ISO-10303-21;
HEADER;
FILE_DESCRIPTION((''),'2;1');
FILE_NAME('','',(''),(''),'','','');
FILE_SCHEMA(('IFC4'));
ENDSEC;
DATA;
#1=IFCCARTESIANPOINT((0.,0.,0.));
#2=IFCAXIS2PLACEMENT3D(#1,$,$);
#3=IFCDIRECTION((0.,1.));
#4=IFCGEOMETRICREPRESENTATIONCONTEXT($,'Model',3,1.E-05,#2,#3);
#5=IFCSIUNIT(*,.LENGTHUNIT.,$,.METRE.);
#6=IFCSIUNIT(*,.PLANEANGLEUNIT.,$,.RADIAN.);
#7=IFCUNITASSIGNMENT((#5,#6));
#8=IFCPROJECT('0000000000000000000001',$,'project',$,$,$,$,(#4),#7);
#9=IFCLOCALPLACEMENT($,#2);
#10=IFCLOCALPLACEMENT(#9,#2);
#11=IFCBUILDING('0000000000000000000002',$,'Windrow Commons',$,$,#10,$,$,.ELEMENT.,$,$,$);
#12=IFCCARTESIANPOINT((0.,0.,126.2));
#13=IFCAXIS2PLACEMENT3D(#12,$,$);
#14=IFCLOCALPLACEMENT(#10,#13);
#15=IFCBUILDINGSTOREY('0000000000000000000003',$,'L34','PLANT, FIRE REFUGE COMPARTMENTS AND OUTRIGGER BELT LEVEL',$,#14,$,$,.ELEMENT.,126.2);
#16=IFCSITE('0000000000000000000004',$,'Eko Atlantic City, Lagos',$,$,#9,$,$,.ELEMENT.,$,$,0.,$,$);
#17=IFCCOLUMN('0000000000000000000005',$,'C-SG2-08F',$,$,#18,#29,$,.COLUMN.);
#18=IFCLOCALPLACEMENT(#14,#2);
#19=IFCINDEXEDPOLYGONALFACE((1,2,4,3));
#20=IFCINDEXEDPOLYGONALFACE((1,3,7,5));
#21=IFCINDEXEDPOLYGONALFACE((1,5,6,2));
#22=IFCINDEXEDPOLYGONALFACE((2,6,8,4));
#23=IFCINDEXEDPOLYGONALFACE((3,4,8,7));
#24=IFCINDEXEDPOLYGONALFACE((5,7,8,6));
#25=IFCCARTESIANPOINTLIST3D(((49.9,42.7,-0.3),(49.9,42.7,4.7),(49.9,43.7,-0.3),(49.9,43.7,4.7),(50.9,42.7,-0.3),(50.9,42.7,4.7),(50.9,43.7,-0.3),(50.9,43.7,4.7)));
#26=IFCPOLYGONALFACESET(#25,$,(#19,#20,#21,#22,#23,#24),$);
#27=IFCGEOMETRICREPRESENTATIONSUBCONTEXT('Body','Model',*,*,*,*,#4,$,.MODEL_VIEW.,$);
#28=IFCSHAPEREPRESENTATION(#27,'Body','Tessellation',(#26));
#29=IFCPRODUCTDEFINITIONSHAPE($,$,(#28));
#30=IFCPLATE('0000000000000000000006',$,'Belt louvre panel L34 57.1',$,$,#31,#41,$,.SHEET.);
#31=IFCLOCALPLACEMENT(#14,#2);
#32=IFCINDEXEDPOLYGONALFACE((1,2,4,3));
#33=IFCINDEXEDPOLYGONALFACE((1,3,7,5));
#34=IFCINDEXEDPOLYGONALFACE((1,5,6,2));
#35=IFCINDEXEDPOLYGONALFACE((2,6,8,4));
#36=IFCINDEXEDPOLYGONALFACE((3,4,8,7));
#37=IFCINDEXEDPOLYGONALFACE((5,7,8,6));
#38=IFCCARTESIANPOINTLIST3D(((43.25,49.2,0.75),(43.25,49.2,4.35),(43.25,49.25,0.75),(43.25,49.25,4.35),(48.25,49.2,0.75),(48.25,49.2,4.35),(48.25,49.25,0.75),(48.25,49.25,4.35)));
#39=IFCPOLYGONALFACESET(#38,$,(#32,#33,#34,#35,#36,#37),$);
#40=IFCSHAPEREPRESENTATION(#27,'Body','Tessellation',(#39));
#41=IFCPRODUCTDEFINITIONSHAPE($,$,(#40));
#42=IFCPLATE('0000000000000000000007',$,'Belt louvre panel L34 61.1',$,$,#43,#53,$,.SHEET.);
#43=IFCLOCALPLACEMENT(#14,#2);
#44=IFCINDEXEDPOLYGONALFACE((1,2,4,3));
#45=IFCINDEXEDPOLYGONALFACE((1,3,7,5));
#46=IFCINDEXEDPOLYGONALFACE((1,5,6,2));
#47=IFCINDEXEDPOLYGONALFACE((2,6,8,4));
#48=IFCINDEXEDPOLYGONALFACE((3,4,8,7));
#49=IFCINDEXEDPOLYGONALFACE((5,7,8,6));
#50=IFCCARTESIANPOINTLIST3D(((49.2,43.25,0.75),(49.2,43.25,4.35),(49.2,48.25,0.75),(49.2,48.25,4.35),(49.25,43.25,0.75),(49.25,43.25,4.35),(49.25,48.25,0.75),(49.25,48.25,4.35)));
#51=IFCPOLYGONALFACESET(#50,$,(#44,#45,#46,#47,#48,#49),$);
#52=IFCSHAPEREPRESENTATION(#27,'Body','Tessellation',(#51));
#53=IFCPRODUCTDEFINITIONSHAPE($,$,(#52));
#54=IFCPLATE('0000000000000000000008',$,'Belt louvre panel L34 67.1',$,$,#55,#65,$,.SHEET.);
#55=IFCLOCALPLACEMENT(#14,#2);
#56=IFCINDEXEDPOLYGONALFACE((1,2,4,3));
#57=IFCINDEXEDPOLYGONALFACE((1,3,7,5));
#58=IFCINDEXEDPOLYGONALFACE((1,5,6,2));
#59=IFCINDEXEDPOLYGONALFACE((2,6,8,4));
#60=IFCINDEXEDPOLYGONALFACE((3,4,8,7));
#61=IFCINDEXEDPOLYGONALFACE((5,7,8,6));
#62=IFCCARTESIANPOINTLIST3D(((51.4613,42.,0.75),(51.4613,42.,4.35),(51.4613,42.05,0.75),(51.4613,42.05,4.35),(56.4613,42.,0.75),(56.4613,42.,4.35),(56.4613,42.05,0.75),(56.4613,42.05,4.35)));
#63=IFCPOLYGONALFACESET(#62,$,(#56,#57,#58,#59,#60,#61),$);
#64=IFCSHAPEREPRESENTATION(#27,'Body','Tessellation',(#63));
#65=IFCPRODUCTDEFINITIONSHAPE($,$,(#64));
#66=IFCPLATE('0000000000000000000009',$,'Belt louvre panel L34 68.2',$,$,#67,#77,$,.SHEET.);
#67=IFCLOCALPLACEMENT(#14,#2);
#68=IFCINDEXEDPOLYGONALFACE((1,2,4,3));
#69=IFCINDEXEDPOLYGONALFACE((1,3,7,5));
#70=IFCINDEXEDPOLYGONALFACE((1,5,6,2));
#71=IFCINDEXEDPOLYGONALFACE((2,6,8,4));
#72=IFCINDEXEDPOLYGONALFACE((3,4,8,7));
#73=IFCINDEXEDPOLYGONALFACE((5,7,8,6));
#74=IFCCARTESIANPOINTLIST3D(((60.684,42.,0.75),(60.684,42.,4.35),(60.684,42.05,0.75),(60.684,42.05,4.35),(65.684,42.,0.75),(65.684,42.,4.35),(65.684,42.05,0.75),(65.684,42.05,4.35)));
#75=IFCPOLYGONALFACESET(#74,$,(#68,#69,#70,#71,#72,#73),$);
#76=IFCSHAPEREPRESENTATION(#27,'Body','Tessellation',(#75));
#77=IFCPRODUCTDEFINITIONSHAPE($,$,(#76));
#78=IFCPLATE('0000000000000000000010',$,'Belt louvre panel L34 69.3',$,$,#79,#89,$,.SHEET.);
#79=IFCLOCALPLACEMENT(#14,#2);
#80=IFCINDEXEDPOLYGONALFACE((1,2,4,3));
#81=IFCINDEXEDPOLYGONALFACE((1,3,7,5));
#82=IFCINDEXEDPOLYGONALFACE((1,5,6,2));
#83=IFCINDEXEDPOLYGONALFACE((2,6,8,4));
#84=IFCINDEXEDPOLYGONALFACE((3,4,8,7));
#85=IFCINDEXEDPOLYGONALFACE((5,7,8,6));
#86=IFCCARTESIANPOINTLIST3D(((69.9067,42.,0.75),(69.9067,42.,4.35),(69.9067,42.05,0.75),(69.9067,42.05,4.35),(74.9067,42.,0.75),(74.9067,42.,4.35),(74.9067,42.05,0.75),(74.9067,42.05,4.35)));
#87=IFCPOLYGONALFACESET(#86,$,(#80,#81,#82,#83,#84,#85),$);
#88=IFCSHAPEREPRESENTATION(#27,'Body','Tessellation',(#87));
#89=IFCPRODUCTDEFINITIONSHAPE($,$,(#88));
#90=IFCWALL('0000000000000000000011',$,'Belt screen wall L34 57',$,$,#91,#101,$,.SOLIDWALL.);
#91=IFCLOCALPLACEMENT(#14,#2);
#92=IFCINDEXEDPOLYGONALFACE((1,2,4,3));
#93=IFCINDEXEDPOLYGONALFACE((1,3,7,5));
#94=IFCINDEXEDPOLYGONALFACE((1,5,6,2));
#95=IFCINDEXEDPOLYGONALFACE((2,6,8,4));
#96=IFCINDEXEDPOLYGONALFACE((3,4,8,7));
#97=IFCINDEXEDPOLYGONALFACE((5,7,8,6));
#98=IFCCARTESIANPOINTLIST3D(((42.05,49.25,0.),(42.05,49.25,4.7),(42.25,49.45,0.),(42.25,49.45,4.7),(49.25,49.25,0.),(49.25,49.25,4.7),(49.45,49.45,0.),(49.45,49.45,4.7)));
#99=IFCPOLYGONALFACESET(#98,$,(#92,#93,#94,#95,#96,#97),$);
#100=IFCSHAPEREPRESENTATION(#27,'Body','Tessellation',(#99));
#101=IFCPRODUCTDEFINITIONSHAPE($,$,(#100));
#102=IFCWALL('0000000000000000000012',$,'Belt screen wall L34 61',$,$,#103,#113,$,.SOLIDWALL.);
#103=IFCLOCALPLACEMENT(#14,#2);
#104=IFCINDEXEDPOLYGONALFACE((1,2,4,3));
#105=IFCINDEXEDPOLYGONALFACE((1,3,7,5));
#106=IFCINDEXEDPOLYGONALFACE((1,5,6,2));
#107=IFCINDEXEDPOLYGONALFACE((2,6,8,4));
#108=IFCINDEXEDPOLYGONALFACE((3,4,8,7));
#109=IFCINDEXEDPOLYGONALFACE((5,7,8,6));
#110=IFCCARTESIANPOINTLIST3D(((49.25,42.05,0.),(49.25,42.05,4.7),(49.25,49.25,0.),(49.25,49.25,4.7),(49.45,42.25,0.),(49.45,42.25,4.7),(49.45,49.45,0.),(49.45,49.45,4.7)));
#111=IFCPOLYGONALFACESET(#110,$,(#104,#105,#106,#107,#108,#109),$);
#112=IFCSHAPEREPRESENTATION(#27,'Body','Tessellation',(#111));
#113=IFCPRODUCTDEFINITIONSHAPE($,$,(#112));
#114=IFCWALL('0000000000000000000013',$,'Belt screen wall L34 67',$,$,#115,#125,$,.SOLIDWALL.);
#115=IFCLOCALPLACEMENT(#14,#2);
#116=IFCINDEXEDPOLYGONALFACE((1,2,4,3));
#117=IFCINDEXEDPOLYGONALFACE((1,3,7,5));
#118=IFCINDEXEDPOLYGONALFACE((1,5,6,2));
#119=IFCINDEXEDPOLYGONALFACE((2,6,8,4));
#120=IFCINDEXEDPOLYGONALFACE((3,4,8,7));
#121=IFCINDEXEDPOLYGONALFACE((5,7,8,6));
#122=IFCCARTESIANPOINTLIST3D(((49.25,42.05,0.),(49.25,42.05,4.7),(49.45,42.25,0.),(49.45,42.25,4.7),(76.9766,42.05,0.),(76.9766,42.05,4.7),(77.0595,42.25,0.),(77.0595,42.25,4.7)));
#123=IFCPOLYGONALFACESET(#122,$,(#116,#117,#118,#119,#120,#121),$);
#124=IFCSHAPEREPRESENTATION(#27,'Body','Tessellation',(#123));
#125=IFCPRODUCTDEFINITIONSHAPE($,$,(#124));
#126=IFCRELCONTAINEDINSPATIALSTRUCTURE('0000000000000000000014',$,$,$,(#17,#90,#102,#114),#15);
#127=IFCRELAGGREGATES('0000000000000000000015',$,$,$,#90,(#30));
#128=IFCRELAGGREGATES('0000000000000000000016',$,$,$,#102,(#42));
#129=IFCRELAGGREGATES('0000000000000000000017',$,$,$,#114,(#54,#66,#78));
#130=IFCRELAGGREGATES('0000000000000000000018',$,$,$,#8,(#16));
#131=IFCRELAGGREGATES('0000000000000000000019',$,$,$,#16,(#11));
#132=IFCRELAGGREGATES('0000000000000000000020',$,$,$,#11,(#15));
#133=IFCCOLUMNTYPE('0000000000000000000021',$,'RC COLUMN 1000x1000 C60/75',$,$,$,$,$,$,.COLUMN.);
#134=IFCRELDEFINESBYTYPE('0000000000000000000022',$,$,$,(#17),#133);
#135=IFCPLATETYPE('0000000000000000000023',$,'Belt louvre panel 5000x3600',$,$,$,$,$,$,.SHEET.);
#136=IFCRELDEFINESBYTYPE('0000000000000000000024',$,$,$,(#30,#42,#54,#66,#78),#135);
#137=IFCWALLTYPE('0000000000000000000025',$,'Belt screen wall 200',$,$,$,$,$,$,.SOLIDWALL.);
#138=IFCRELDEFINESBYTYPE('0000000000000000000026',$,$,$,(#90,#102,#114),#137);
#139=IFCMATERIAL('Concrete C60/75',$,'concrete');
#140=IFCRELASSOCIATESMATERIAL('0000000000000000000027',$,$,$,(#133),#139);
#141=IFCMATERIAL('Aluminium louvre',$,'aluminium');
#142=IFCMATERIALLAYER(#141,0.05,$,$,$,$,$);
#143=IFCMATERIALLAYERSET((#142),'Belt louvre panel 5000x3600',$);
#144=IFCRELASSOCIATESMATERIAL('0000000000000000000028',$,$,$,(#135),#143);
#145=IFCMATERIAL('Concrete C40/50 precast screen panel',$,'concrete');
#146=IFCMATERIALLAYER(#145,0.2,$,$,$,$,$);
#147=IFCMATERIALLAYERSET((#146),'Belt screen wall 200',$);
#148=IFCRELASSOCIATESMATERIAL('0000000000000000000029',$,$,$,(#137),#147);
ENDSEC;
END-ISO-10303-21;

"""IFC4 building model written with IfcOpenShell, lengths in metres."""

from ifc_helpers import new_model, si_unit, direction, frame, origin, origin_2d, place, context, subcontext, project, spatial, polyline, rectangle, outline, extrude, material, layer, layer_set, material_profile, profile_set, type_object, element, aggregate, save


model = new_model("IFC4")

# Units and contexts
model_context = context("Model", 3, precision=1e-05, world=origin(), true_north=direction((0.0, 1.0)))
body_context = subcontext(model_context, "Body", "Model", "MODEL_VIEW")
ifc_project = project(units=[si_unit("LENGTHUNIT", "METRE"), si_unit("PLANEANGLEUNIT", "RADIAN")], contexts=[model_context])

# Site, building, storey
site_placement = place(None, origin())
site = spatial("IfcSite", under=ifc_project, at=site_placement, Name="Eko Atlantic City, Lagos", CompositionType="ELEMENT", RefElevation=0.0)
building_placement = place(site_placement, origin())
building = spatial("IfcBuilding", under=site, at=building_placement, Name="Windrow Commons", CompositionType="ELEMENT")
storey_placement = place(building_placement, frame((0.0, 0.0, 126.2)))
storey = spatial("IfcBuildingStorey", under=building, at=storey_placement, Name="L34", Description="PLANT, FIRE REFUGE COMPARTMENTS AND OUTRIGGER BELT LEVEL", CompositionType="ELEMENT", Elevation=126.2)

# Column
ifc_material_1 = material(Name="Concrete C60/75", Category="concrete")
ifc_material_profile = material_profile(ifc_material_1, rectangle(XDim=1.0, YDim=1.0, at=origin_2d()))
ifc_profile_set = profile_set([ifc_material_profile], Name="Concrete C60/75")
column_type = type_object("IfcColumnType", Name="RC COLUMN 1000x1000 C60/75", PredefinedType="COLUMN", material=ifc_profile_set)
column_placement = place(storey_placement, frame((50.4, 43.2, -0.3), z_axis=(0.0, 0.0, 1.0), x_axis=(1.0, 0.0, 0.0)))
element("IfcColumn", 1, at=column_placement, inside=storey, type_object=column_type, Name="C-SG2-08F", PredefinedType="COLUMN", context=body_context, shape_type="SweptSolid", body=[
    extrude(rectangle(XDim=1.0, YDim=1.0, at=origin_2d()), origin(), (0.0, 0.0, 1.0), 5.0),
])

# Plates
ifc_material_2 = material(Name="Aluminium louvre", Category="aluminium")
ifc_layer_1 = layer(ifc_material_2, 0.05)
ifc_layer_set_1 = layer_set([ifc_layer_1], Name="Belt louvre panel 5000x3600")
plate_type = type_object("IfcPlateType", Name="Belt louvre panel 5000x3600", PredefinedType="SHEET", material=ifc_layer_set_1)
plate_1_placement = place(storey_placement, frame((43.25, 49.2, 0.75), z_axis=(0.0, -1.0, 0.0), x_axis=(1.0, 0.0, 0.0)))
plate_1 = element("IfcPlate", 2, at=plate_1_placement, type_object=plate_type, Name="Belt louvre panel L34 57.1", PredefinedType="SHEET", context=body_context, shape_type="SweptSolid", body=[
    extrude(outline(polyline([(0.0, 0.0), (5.0, 0.0), (5.0, 3.6), (0.0, 3.6), (0.0, 0.0)])), origin(), (0.0, 0.0, -1.0), 0.05),
])
plate_2_placement = place(storey_placement, frame((49.2, 48.25, 0.75), z_axis=(-1.0, 0.0, 0.0), x_axis=(0.0, -1.0, 0.0)))
plate_2 = element("IfcPlate", 3, at=plate_2_placement, type_object=plate_type, Name="Belt louvre panel L34 61.1", PredefinedType="SHEET", context=body_context, shape_type="SweptSolid", body=[
    extrude(outline(polyline([(0.0, 0.0), (5.0, 0.0), (5.0, 3.6), (0.0, 3.6), (0.0, 0.0)])), origin(), (0.0, 0.0, -1.0), 0.05),
])
plate_3_placement = place(storey_placement, frame((51.4613, 42.0, 0.75), z_axis=(0.0, -1.0, 0.0), x_axis=(1.0, 0.0, 0.0)))
plate_3 = element("IfcPlate", 4, at=plate_3_placement, type_object=plate_type, Name="Belt louvre panel L34 67.1", PredefinedType="SHEET", context=body_context, shape_type="SweptSolid", body=[
    extrude(outline(polyline([(0.0, 0.0), (5.0, 0.0), (5.0, 3.6), (0.0, 3.6), (0.0, 0.0)])), origin(), (0.0, 0.0, -1.0), 0.05),
])
plate_4_placement = place(storey_placement, frame((60.684, 42.0, 0.75), z_axis=(0.0, -1.0, 0.0), x_axis=(1.0, 0.0, 0.0)))
plate_4 = element("IfcPlate", 5, at=plate_4_placement, type_object=plate_type, Name="Belt louvre panel L34 68.2", PredefinedType="SHEET", context=body_context, shape_type="SweptSolid", body=[
    extrude(outline(polyline([(0.0, 0.0), (5.0, 0.0), (5.0, 3.6), (0.0, 3.6), (0.0, 0.0)])), origin(), (0.0, 0.0, -1.0), 0.05),
])
plate_5_placement = place(storey_placement, frame((69.9067, 42.0, 0.75), z_axis=(0.0, -1.0, 0.0), x_axis=(1.0, 0.0, 0.0)))
plate_5 = element("IfcPlate", 6, at=plate_5_placement, type_object=plate_type, Name="Belt louvre panel L34 69.3", PredefinedType="SHEET", context=body_context, shape_type="SweptSolid", body=[
    extrude(outline(polyline([(0.0, 0.0), (5.0, 0.0), (5.0, 3.6), (0.0, 3.6), (0.0, 0.0)])), origin(), (0.0, 0.0, -1.0), 0.05),
])

# Walls
ifc_material_3 = material(Name="Concrete C40/50 precast screen panel", Category="concrete")
ifc_layer_2 = layer(ifc_material_3, 0.2)
ifc_layer_set_2 = layer_set([ifc_layer_2], Name="Belt screen wall 200")
wall_type = type_object("IfcWallType", Name="Belt screen wall 200", PredefinedType="SOLIDWALL", material=ifc_layer_set_2)
wall_1_placement = place(storey_placement, frame((42.15, 49.35, 0.0), z_axis=(0.0, 0.0, 1.0), x_axis=(1.0, 0.0, 0.0)))
wall_1 = element("IfcWall", 7, at=wall_1_placement, inside=storey, type_object=wall_type, Name="Belt screen wall L34 57", PredefinedType="SOLIDWALL", context=body_context, shape_type="SweptSolid", body=[
    extrude(outline(polyline([(-0.1, -0.1), (7.1, -0.1), (7.3, 0.1), (0.1, 0.1), (-0.1, -0.1)])), origin(), (0.0, 0.0, 1.0), 4.7),
])
aggregate(wall_1, [plate_1])
wall_2_placement = place(storey_placement, frame((49.35, 49.35, 0.0), z_axis=(0.0, 0.0, 1.0), x_axis=(0.0, -1.0, 0.0)))
wall_2 = element("IfcWall", 8, at=wall_2_placement, inside=storey, type_object=wall_type, Name="Belt screen wall L34 61", PredefinedType="SOLIDWALL", context=body_context, shape_type="SweptSolid", body=[
    extrude(outline(polyline([(0.1, -0.1), (7.3, -0.1), (7.1, 0.1), (-0.1, 0.1), (0.1, -0.1)])), origin(), (0.0, 0.0, 1.0), 4.7),
])
aggregate(wall_2, [plate_2])
wall_3_placement = place(storey_placement, frame((49.35, 42.15, 0.0), z_axis=(0.0, 0.0, 1.0), x_axis=(1.0, 0.0, 0.0)))
wall_3 = element("IfcWall", 9, at=wall_3_placement, inside=storey, type_object=wall_type, Name="Belt screen wall L34 67", PredefinedType="SOLIDWALL", context=body_context, shape_type="SweptSolid", body=[
    extrude(outline(polyline([(-0.1, -0.1), (27.6266, -0.1), (27.7095, 0.1), (0.1, 0.1), (-0.1, -0.1)])), origin(), (0.0, 0.0, 1.0), 4.7),
])
aggregate(wall_3, [plate_3, plate_4, plate_5])

save(model, "model.ifc")
